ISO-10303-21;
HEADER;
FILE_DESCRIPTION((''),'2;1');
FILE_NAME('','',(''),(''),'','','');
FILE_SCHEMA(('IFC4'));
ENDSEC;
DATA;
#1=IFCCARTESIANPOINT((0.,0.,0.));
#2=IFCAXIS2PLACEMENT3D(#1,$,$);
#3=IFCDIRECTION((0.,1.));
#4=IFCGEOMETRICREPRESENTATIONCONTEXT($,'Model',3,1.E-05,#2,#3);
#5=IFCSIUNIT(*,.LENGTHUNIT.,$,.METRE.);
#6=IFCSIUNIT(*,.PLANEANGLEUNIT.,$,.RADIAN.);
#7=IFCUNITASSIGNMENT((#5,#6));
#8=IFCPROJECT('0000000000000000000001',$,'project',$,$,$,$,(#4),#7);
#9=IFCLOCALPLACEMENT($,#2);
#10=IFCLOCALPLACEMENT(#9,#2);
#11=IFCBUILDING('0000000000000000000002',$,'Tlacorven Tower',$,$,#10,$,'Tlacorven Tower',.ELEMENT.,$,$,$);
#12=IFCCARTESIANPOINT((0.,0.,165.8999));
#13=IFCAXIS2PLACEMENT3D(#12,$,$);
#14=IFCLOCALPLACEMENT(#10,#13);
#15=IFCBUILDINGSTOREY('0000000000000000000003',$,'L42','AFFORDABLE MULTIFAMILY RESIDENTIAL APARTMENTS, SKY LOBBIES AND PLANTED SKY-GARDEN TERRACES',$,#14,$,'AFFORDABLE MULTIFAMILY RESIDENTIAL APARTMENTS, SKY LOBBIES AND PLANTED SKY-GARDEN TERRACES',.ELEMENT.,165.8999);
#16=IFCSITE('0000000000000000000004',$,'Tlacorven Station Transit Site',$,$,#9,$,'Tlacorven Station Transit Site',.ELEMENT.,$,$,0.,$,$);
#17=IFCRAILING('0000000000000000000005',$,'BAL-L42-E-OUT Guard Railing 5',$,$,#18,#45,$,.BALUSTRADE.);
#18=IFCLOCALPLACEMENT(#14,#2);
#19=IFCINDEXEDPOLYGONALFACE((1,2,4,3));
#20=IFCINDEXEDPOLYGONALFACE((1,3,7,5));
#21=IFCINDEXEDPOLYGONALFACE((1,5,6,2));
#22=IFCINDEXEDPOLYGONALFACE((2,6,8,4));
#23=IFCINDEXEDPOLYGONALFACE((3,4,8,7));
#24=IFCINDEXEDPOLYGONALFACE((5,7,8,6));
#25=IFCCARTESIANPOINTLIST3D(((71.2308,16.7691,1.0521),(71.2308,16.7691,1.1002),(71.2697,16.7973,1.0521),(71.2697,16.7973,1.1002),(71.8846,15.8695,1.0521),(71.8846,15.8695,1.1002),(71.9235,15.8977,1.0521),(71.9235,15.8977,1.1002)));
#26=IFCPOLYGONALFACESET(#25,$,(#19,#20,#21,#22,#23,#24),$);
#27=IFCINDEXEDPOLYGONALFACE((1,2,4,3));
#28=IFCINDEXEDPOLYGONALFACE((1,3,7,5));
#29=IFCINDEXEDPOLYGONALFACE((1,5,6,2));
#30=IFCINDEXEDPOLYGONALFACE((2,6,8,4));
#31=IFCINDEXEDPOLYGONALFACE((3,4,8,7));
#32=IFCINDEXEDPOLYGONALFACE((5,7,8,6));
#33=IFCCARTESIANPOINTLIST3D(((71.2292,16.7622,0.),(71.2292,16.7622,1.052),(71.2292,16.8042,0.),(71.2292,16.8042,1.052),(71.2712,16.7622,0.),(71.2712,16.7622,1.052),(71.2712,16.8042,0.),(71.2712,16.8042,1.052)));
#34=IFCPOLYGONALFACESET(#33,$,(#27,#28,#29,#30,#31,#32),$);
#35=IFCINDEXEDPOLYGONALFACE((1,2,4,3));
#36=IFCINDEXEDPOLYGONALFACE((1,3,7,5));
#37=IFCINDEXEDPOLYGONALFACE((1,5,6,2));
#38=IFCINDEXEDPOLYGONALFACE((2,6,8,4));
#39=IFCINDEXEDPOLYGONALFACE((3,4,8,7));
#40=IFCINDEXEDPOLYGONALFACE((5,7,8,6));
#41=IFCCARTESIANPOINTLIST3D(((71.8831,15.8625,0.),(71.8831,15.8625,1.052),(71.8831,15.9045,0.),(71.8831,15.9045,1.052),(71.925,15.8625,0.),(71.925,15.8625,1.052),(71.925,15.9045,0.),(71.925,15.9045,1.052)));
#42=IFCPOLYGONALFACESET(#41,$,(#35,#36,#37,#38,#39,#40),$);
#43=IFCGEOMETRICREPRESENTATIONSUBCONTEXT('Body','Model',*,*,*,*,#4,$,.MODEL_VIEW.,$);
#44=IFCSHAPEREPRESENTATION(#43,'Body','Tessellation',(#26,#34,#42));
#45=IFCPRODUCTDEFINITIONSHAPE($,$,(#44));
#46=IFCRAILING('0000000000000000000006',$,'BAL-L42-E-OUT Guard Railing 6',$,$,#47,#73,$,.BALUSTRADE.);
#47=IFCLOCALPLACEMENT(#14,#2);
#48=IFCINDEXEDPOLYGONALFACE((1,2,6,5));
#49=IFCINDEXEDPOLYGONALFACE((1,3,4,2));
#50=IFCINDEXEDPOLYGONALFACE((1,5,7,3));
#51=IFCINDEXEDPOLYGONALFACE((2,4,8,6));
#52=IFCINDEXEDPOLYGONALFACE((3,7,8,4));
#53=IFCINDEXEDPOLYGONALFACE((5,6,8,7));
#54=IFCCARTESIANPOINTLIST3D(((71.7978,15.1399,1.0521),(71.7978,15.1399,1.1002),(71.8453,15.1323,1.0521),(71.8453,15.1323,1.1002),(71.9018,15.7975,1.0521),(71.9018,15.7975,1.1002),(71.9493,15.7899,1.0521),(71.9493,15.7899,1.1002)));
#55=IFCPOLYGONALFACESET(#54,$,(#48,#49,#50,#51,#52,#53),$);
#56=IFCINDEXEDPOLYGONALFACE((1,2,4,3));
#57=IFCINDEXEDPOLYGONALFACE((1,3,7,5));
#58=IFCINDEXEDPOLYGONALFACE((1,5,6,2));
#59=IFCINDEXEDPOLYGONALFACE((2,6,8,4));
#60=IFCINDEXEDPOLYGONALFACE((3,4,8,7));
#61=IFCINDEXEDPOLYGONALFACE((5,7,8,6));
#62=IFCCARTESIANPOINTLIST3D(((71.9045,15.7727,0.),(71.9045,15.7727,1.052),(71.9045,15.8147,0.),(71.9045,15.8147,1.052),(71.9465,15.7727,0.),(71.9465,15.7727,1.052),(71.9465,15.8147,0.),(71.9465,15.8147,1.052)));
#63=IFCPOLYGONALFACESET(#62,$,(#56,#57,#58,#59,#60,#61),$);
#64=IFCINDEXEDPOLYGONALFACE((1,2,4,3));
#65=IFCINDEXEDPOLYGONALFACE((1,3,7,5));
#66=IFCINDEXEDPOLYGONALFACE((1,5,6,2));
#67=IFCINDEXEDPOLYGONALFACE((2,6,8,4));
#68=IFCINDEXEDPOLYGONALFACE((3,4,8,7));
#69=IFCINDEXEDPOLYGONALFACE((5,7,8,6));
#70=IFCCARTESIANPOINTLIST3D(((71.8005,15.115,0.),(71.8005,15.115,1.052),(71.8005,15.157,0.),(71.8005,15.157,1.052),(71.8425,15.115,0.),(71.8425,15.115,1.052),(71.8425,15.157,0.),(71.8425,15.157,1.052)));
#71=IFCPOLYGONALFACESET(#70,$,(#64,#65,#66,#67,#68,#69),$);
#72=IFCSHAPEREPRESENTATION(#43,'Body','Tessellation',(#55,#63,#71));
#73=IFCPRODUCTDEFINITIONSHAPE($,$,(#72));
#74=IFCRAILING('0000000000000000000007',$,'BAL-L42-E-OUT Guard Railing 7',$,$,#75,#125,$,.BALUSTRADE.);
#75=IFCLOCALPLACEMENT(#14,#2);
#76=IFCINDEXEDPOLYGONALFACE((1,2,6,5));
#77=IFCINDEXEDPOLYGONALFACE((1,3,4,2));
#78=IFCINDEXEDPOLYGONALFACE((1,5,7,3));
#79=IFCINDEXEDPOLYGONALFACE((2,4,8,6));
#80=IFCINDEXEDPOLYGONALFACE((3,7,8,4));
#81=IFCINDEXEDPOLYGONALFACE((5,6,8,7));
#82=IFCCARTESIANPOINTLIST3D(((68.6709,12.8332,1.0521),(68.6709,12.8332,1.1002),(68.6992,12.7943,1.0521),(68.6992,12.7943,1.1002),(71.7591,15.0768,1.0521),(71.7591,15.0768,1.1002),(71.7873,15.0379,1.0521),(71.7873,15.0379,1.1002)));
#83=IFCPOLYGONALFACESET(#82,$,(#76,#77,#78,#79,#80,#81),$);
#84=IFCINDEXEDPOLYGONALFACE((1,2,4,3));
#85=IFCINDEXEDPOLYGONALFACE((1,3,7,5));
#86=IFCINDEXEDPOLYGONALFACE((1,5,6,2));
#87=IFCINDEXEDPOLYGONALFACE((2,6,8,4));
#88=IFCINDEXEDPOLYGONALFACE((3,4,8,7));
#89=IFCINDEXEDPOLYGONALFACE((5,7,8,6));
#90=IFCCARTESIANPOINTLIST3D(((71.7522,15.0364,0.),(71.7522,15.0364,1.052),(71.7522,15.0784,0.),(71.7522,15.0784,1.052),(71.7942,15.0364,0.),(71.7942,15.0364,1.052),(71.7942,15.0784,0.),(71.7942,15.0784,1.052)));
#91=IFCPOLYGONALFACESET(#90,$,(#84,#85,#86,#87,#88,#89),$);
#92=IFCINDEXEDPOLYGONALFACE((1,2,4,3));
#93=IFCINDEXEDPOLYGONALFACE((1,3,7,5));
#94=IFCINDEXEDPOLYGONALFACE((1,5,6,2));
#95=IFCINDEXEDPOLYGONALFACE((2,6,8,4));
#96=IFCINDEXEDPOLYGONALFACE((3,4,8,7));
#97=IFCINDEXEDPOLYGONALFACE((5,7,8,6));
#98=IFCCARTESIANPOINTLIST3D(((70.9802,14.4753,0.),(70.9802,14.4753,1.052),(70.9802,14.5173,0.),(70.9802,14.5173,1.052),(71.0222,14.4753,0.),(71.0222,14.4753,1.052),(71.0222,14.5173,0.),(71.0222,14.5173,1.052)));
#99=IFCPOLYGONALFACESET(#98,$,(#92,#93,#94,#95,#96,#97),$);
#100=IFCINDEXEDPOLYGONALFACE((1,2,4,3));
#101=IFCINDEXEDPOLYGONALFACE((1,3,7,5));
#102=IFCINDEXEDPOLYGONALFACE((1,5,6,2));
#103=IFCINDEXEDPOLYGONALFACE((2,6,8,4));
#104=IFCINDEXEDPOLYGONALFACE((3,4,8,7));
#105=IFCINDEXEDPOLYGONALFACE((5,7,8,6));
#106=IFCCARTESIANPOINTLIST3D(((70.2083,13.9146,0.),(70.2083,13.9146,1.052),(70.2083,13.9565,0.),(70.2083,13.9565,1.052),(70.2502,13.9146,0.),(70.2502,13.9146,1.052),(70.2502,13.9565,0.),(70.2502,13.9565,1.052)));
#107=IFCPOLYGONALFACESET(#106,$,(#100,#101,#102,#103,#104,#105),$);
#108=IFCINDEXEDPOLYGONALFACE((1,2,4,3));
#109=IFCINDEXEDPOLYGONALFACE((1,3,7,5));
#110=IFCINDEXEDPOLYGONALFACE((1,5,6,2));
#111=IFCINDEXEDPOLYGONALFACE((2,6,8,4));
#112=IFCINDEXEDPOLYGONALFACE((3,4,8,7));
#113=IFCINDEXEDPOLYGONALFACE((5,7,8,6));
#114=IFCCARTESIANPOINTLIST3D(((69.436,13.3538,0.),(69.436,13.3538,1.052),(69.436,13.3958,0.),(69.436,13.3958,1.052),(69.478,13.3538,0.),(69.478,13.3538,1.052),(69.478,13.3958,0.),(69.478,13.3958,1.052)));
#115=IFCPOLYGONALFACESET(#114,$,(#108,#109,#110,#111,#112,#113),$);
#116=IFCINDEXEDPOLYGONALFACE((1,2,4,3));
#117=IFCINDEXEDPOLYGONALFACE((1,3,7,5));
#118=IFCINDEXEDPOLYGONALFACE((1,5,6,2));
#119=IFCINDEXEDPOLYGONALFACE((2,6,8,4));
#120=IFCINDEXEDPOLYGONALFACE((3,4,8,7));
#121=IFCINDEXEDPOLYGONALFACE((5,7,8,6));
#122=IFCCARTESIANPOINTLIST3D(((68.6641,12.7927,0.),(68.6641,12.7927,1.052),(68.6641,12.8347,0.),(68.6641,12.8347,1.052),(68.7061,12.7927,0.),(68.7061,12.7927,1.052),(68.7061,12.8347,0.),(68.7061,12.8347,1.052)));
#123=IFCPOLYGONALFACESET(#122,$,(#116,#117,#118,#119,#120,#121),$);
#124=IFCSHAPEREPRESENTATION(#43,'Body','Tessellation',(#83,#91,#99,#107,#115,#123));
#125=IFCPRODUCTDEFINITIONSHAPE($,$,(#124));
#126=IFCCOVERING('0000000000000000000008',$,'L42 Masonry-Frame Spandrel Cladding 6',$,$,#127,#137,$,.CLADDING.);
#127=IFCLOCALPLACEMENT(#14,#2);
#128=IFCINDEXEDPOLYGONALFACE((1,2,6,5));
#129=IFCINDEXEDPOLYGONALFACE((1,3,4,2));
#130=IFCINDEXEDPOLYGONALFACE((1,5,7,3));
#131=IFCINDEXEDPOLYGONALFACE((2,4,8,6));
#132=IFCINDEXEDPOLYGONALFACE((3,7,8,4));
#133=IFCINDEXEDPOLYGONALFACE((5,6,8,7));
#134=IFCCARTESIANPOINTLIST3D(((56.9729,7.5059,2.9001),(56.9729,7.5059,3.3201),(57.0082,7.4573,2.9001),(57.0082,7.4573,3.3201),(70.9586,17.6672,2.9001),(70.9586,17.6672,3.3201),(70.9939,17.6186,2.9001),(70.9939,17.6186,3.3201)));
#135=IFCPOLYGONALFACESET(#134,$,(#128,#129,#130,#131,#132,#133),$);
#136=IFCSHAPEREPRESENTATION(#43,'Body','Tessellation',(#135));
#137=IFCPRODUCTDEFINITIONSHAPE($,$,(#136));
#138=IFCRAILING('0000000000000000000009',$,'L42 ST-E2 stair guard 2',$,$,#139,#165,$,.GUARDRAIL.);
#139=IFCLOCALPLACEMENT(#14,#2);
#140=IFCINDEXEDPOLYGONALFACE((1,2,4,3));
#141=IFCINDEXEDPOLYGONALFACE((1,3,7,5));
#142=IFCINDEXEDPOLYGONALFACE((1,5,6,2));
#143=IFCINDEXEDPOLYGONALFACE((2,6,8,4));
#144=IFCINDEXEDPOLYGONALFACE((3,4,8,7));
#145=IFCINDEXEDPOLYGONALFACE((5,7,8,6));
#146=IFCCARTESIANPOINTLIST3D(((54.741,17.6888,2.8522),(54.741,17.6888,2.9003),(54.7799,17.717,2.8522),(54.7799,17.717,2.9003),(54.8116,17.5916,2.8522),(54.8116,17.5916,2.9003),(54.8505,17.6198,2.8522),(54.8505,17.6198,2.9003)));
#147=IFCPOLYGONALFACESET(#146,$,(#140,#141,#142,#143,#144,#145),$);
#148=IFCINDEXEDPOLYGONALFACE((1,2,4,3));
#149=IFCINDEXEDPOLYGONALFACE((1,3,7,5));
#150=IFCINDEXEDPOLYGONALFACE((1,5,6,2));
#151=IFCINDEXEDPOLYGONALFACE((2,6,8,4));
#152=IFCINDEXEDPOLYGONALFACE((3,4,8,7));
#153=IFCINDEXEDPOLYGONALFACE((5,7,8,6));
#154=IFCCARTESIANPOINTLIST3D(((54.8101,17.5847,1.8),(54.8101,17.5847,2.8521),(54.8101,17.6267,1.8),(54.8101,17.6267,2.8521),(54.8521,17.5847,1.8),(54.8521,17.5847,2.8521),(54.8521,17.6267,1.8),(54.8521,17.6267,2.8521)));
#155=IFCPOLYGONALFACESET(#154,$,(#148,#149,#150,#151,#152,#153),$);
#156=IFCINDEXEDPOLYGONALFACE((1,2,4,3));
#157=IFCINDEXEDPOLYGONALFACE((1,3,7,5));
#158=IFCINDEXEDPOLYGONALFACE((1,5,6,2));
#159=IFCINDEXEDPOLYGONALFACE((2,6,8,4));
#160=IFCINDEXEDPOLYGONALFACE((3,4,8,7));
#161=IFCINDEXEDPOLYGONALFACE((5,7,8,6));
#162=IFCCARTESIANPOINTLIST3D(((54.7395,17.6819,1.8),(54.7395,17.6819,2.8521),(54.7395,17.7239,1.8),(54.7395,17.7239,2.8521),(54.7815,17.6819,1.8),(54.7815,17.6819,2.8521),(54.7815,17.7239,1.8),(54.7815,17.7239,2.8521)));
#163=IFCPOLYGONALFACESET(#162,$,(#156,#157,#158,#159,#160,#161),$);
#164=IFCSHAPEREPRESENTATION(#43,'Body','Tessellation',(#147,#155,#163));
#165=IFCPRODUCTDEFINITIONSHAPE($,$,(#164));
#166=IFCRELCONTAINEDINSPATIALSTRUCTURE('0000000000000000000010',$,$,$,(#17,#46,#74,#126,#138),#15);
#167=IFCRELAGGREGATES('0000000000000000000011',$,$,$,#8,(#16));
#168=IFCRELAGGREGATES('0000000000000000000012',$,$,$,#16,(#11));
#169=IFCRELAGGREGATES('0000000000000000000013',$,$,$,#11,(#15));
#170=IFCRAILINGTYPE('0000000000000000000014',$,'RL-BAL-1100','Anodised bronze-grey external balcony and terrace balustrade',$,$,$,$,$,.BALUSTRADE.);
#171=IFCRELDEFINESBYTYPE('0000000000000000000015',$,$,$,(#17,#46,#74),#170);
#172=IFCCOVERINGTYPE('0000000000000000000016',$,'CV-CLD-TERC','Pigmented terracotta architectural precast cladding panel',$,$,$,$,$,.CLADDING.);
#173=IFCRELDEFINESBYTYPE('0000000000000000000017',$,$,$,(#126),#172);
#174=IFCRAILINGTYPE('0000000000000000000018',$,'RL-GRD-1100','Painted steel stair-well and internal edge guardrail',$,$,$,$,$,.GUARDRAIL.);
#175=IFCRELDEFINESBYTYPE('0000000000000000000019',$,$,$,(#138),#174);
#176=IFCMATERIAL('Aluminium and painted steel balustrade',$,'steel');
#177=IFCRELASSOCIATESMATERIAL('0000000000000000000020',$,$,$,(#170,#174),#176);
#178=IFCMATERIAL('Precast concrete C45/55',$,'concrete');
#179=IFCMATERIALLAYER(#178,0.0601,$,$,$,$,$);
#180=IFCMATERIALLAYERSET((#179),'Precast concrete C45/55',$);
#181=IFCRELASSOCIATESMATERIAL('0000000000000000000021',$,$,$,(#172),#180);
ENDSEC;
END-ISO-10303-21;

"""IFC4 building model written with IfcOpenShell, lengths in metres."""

from ifc_helpers import new_model, si_unit, direction, frame, origin, origin_2d, place, context, subcontext, project, spatial, rectangle, extrude, source, transform, mapped, material, layer, layer_set, type_object, element, save


model = new_model("IFC4")

# Units and contexts
model_context = context("Model", 3, precision=1e-05, world=origin(), true_north=direction((0.0, 1.0)))
body_context = subcontext(model_context, "Body", "Model", "MODEL_VIEW")
ifc_project = project(units=[si_unit("LENGTHUNIT", "METRE"), si_unit("PLANEANGLEUNIT", "RADIAN")], contexts=[model_context])

# Site, building, storey
site_placement = place(None, origin())
site = spatial("IfcSite", under=ifc_project, at=site_placement, Name="Tlacorven Station Transit Site", LongName="Tlacorven Station Transit Site", CompositionType="ELEMENT", RefElevation=0.0)
building_placement = place(site_placement, origin())
building = spatial("IfcBuilding", under=site, at=building_placement, Name="Tlacorven Tower", LongName="Tlacorven Tower", CompositionType="ELEMENT")
storey_placement = place(building_placement, frame((0.0, 0.0, 165.8999)))
storey = spatial("IfcBuildingStorey", under=building, at=storey_placement, Name="L42", Description="AFFORDABLE MULTIFAMILY RESIDENTIAL APARTMENTS, SKY LOBBIES AND PLANTED SKY-GARDEN TERRACES", LongName="AFFORDABLE MULTIFAMILY RESIDENTIAL APARTMENTS, SKY LOBBIES AND PLANTED SKY-GARDEN TERRACES", CompositionType="ELEMENT", Elevation=165.8999)

# Shared definitions
ifc_material_1 = material(Name="Precast concrete C45/55", Category="concrete")

# Railings
ifc_material_2 = material(Name="Aluminium and painted steel balustrade", Category="steel")
railing_type_1 = type_object("IfcRailingType", Name="RL-BAL-1100", Description="Anodised bronze-grey external balcony and terrace balustrade", PredefinedType="BALUSTRADE", material=ifc_material_2)
shared_shape_1 = source(origin(), body_context, "Body", "SweptSolid", [
    extrude(rectangle(XDim=0.0481, YDim=0.0481, at=origin_2d()), frame((0.0, 0.0, 1.0762), z_axis=(0.587884, -0.808945, 0.0), x_axis=(0.808945, 0.587884, 0.0)), (0.0, 0.0, 1.0), 1.1121),
    extrude(rectangle(XDim=0.042, YDim=0.042, at=origin_2d()), origin(), (0.0, 0.0, 1.0), 1.052),
    extrude(rectangle(XDim=0.042, YDim=0.042, at=origin_2d()), frame((0.6538, -0.8997, 0.0)), (0.0, 0.0, 1.0), 1.052),
])
railing_1_placement = place(storey_placement, frame((71.2502, 16.7832, 0.0)))
element("IfcRailing", 1, at=railing_1_placement, inside=storey, type_object=railing_type_1, Name="BAL-L42-E-OUT Guard Railing 5", PredefinedType="BALUSTRADE", context=body_context, shape_type="MappedRepresentation", body=[
    mapped(shared_shape_1, transform((0.0, 0.0, 0.0), scale=1.0)),
])
shared_shape_2 = source(origin(), body_context, "Body", "SweptSolid", [
    extrude(rectangle(XDim=0.0481, YDim=0.0481, at=origin_2d()), frame((0.0, 0.0, 1.0762), z_axis=(-0.156188, -0.987727, 0.0), x_axis=(0.987727, -0.156188, 0.0)), (0.0, 0.0, 1.0), 0.6658),
    extrude(rectangle(XDim=0.042, YDim=0.042, at=origin_2d()), origin(), (0.0, 0.0, 1.0), 1.052),
    extrude(rectangle(XDim=0.042, YDim=0.042, at=origin_2d()), frame((-0.104, -0.6577, 0.0)), (0.0, 0.0, 1.0), 1.052),
])
railing_2_placement = place(storey_placement, frame((71.9255, 15.7937, 0.0)))
element("IfcRailing", 2, at=railing_2_placement, inside=storey, type_object=railing_type_1, Name="BAL-L42-E-OUT Guard Railing 6", PredefinedType="BALUSTRADE", context=body_context, shape_type="MappedRepresentation", body=[
    mapped(shared_shape_2, transform((0.0, 0.0, 0.0), scale=1.0)),
])
shared_shape_3 = source(origin(), body_context, "Body", "SweptSolid", [
    extrude(rectangle(XDim=0.0481, YDim=0.0481, at=origin_2d()), frame((0.0, 0.0, 1.0762), z_axis=(-0.809018, -0.587784, 0.0), x_axis=(0.587784, -0.809018, 0.0)), (0.0, 0.0, 1.0), 3.8171),
    extrude(rectangle(XDim=0.042, YDim=0.042, at=origin_2d()), origin(), (0.0, 0.0, 1.0), 1.052),
    extrude(rectangle(XDim=0.042, YDim=0.042, at=origin_2d()), frame((-0.772, -0.561, 0.0)), (0.0, 0.0, 1.0), 1.052),
    extrude(rectangle(XDim=0.042, YDim=0.042, at=origin_2d()), frame((-1.5439, -1.1218, 0.0)), (0.0, 0.0, 1.0), 1.052),
    extrude(rectangle(XDim=0.042, YDim=0.042, at=origin_2d()), frame((-2.3162, -1.6826, 0.0)), (0.0, 0.0, 1.0), 1.052),
    extrude(rectangle(XDim=0.042, YDim=0.042, at=origin_2d()), frame((-3.0881, -2.2437, 0.0)), (0.0, 0.0, 1.0), 1.052),
])
railing_3_placement = place(storey_placement, frame((71.7732, 15.0574, 0.0)))
element("IfcRailing", 3, at=railing_3_placement, inside=storey, type_object=railing_type_1, Name="BAL-L42-E-OUT Guard Railing 7", PredefinedType="BALUSTRADE", context=body_context, shape_type="MappedRepresentation", body=[
    mapped(shared_shape_3, transform((0.0, 0.0, 0.0), scale=1.0)),
])

# Covering
ifc_layer_1 = layer(ifc_material_1, 0.0601)
ifc_layer_set_1 = layer_set([ifc_layer_1], Name="Precast concrete C45/55")
covering_type = type_object("IfcCoveringType", Name="CV-CLD-TERC", Description="Pigmented terracotta architectural precast cladding panel", PredefinedType="CLADDING", material=ifc_layer_set_1)
shared_shape_4 = source(origin(), body_context, "Body", "SweptSolid", [
    extrude(rectangle(XDim=17.2874, YDim=0.0601, at=origin_2d()), origin(), (0.0, 0.0, 1.0), 0.4199),
])
covering_placement = place(storey_placement, frame((63.9834, 12.5623, 2.9001), z_axis=(0.0, 0.0, 1.0), x_axis=(-0.809017, -0.587785, 0.0)))
element("IfcCovering", 4, at=covering_placement, inside=storey, type_object=covering_type, Name="L42 Masonry-Frame Spandrel Cladding 6", PredefinedType="CLADDING", context=body_context, shape_type="MappedRepresentation", body=[
    mapped(shared_shape_4, transform((0.0, 0.0, 0.0), scale=1.0)),
])

# Railing
railing_type_2 = type_object("IfcRailingType", Name="RL-GRD-1100", Description="Painted steel stair-well and internal edge guardrail", PredefinedType="GUARDRAIL", material=ifc_material_2)
shared_shape_5 = source(origin(), body_context, "Body", "SweptSolid", [
    extrude(rectangle(XDim=0.0481, YDim=0.0481, at=origin_2d()), frame((0.0, 0.0, 1.0762), z_axis=(-0.587567, 0.809175, 0.0), x_axis=(-0.809175, -0.587567, 0.0)), (0.0, 0.0, 1.0), 0.1201),
    extrude(rectangle(XDim=0.042, YDim=0.042, at=origin_2d()), origin(), (0.0, 0.0, 1.0), 1.052),
    extrude(rectangle(XDim=0.042, YDim=0.042, at=origin_2d()), frame((-0.0706, 0.0972, 0.0)), (0.0, 0.0, 1.0), 1.052),
])
railing_4_placement = place(storey_placement, frame((54.8311, 17.6057, 1.8)))
element("IfcRailing", 5, at=railing_4_placement, inside=storey, type_object=railing_type_2, Name="L42 ST-E2 stair guard 2", PredefinedType="GUARDRAIL", context=body_context, shape_type="MappedRepresentation", body=[
    mapped(shared_shape_5, transform((0.0, 0.0, 0.0), scale=1.0)),
])

save(model, "model.ifc")
